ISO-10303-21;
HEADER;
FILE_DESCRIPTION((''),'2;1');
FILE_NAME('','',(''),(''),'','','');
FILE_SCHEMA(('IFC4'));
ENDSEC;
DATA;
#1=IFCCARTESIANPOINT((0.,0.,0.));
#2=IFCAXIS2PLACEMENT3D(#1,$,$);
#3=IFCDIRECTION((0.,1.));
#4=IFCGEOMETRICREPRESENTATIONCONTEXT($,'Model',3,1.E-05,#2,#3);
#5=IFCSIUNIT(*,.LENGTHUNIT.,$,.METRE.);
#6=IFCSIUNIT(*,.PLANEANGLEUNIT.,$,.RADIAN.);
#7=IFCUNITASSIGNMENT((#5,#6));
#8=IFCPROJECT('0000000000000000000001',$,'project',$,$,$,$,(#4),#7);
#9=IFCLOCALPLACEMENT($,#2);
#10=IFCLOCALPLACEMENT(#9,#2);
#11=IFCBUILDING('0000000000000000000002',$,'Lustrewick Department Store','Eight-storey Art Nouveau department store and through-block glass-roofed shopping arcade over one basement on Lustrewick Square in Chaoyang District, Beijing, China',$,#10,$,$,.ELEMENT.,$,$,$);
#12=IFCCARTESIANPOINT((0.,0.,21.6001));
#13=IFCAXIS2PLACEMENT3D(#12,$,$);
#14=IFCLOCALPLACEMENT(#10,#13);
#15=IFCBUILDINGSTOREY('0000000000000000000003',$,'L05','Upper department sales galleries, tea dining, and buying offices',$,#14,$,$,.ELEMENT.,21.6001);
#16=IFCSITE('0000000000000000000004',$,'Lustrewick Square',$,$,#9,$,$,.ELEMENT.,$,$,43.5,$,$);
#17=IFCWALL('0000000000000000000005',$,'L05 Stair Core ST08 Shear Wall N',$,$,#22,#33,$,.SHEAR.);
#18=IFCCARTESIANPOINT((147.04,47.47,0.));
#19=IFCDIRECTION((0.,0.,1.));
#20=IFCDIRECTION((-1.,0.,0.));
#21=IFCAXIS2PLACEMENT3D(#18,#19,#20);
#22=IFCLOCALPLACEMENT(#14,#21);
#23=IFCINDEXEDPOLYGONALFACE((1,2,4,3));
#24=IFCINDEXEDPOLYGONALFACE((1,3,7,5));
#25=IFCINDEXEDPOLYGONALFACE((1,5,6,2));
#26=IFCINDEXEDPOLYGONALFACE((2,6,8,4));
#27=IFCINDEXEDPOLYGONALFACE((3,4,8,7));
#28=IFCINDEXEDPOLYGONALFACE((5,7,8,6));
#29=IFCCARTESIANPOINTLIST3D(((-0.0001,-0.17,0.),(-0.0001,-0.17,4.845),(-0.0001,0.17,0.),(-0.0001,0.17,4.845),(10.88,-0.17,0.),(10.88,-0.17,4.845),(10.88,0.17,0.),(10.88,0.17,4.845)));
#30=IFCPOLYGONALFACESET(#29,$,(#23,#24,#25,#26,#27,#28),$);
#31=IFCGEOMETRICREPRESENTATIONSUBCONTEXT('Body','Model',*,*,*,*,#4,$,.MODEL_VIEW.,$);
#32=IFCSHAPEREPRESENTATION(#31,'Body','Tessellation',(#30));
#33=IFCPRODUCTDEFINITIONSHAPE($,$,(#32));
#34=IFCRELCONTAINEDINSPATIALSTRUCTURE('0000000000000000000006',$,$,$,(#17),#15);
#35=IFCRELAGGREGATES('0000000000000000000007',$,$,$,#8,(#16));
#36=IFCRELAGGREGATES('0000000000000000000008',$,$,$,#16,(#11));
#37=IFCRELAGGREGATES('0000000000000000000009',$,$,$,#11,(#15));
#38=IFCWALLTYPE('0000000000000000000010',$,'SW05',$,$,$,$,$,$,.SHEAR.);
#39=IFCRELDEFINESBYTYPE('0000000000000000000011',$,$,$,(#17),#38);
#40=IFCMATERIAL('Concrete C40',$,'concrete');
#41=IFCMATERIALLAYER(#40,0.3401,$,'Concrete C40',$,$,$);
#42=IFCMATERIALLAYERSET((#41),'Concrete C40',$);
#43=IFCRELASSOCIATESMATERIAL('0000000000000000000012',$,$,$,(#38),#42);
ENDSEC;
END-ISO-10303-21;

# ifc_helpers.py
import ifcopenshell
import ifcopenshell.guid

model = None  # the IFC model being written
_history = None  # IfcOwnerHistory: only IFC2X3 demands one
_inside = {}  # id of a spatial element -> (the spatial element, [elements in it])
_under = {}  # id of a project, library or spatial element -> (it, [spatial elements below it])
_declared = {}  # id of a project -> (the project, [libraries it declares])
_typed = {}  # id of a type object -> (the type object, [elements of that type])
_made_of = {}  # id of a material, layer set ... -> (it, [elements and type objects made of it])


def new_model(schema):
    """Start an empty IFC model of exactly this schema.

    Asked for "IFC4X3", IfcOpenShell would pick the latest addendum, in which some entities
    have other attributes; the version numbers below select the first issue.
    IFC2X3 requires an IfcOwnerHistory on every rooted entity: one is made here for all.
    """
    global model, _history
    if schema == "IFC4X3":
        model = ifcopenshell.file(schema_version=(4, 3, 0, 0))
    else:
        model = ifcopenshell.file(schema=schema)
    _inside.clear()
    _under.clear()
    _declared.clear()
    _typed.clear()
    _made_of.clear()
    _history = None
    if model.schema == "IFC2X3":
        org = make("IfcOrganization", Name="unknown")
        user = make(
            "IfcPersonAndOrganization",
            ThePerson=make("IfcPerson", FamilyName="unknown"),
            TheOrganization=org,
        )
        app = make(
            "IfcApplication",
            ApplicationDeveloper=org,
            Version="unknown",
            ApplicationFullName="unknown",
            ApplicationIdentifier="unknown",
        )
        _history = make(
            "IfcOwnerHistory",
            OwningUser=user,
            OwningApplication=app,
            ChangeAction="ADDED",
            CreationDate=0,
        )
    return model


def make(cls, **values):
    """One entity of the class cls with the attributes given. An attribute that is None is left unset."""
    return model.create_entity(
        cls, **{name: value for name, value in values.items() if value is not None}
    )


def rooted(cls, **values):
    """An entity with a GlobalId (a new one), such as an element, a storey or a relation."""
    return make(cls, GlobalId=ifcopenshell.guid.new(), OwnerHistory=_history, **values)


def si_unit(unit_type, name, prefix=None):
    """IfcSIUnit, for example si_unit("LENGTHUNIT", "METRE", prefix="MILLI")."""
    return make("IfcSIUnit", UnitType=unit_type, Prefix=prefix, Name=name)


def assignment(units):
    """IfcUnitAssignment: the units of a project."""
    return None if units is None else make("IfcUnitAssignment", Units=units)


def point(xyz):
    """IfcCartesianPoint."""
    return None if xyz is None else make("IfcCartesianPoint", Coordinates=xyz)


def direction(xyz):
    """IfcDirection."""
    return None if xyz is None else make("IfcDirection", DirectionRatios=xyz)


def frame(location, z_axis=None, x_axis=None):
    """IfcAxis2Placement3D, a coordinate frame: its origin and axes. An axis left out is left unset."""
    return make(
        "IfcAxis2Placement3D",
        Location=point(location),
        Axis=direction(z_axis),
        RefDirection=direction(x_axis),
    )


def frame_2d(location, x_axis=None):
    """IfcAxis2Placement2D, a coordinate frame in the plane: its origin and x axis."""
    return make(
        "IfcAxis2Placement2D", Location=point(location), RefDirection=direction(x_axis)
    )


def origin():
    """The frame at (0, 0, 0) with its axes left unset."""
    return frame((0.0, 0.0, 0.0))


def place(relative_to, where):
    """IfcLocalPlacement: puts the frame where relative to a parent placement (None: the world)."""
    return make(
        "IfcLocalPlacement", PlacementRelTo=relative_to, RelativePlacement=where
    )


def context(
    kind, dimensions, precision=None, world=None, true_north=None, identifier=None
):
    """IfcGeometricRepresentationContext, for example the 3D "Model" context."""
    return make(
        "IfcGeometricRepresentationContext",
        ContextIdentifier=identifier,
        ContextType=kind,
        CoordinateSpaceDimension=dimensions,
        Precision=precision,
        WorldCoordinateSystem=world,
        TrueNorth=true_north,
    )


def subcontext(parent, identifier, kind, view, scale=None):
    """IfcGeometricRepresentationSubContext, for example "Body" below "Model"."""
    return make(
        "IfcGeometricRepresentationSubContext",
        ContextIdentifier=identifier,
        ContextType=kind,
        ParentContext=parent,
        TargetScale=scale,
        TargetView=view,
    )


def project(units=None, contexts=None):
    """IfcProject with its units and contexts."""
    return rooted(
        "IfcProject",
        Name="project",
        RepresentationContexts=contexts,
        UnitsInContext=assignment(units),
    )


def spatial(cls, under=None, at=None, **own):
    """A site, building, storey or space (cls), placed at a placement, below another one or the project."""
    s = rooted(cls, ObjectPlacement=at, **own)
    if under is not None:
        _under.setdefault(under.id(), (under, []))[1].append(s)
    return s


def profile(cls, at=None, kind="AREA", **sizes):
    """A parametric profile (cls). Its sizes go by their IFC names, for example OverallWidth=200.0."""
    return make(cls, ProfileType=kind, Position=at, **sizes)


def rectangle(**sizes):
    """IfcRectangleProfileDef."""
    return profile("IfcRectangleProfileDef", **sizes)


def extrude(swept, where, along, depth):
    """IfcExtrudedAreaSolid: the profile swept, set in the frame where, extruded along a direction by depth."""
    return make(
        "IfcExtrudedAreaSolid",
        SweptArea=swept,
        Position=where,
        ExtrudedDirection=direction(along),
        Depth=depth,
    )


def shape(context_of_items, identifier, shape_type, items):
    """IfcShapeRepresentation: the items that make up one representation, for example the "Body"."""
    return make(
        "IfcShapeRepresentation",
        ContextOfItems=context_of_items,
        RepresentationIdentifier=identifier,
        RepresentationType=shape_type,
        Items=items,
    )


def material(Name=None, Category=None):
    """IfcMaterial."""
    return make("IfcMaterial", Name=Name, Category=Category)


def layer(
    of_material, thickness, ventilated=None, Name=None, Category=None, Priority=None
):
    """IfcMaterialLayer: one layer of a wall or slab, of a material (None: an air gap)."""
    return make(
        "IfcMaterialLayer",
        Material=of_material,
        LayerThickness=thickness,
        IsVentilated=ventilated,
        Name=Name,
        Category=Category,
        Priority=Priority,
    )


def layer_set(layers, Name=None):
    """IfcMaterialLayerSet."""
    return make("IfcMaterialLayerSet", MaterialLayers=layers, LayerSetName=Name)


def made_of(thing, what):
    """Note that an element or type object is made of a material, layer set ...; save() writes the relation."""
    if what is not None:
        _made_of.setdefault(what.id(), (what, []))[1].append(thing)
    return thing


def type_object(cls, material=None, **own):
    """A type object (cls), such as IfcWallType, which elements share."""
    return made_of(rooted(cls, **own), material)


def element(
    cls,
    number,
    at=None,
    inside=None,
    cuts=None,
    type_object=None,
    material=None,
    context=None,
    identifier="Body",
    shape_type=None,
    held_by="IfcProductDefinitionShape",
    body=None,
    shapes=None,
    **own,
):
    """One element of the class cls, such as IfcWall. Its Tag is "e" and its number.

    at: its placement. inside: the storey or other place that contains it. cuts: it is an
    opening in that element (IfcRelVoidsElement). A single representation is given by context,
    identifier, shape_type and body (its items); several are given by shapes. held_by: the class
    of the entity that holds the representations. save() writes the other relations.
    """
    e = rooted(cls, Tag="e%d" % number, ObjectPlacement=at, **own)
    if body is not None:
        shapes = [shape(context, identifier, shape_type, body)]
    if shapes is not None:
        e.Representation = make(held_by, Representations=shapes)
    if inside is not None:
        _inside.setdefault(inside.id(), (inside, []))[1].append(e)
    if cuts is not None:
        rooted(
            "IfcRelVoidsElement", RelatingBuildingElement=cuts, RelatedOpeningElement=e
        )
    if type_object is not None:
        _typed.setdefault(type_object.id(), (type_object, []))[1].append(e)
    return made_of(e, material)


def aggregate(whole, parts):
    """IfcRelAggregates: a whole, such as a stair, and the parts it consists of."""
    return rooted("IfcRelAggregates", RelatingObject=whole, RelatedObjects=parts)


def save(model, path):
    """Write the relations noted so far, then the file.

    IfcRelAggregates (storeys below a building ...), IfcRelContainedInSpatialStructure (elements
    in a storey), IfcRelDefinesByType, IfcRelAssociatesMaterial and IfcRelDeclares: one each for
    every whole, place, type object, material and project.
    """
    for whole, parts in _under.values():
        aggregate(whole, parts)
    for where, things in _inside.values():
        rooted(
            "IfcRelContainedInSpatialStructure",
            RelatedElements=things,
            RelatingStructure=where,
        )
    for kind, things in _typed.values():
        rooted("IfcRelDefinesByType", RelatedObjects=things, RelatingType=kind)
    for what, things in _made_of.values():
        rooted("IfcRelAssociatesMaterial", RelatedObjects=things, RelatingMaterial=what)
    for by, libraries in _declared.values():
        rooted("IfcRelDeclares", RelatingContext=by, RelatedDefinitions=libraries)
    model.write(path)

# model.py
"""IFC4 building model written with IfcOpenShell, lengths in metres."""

from ifc_helpers import new_model, si_unit, direction, frame, frame_2d, origin, place, context, subcontext, project, spatial, rectangle, extrude, material, layer, layer_set, type_object, element, save


model = new_model("IFC4")

# Units and contexts
model_context = context("Model", 3, precision=1e-05, world=origin(), true_north=direction((0.0, 1.0)))
body_context = subcontext(model_context, "Body", "Model", "MODEL_VIEW")
ifc_project = project(units=[si_unit("LENGTHUNIT", "METRE"), si_unit("PLANEANGLEUNIT", "RADIAN")], contexts=[model_context])

# Site, building, storey
site_placement = place(None, origin())
site = spatial("IfcSite", under=ifc_project, at=site_placement, Name="Lustrewick Square", CompositionType="ELEMENT", RefElevation=43.5)
building_placement = place(site_placement, origin())
building = spatial("IfcBuilding", under=site, at=building_placement, Name="Lustrewick Department Store", Description="Eight-storey Art Nouveau department store and through-block glass-roofed shopping arcade over one basement on Lustrewick Square in Chaoyang District, Beijing, China", CompositionType="ELEMENT")
storey_placement = place(building_placement, frame((0.0, 0.0, 21.6001)))
storey = spatial("IfcBuildingStorey", under=building, at=storey_placement, Name="L05", Description="Upper department sales galleries, tea dining, and buying offices", CompositionType="ELEMENT", Elevation=21.6001)

# Wall
ifc_material_1 = material(Name="Concrete C40", Category="concrete")
ifc_layer_1 = layer(ifc_material_1, 0.3401, Name="Concrete C40")
ifc_layer_set_1 = layer_set([ifc_layer_1], Name="Concrete C40")
wall_type_1 = type_object("IfcWallType", Name="SW05", PredefinedType="SHEAR", material=ifc_layer_set_1)
wall_1_placement = place(storey_placement, frame((147.04, 47.47, 0.0), z_axis=(0.0, 0.0, 1.0), x_axis=(-1.0, 0.0, 0.0)))
element("IfcWall", 1, at=wall_1_placement, inside=storey, type_object=wall_type_1, Name="L05 Stair Core ST08 Shear Wall N", PredefinedType="SHEAR", context=body_context, shape_type="SweptSolid", body=[
    extrude(rectangle(XDim=10.8801, YDim=0.3401, at=frame_2d((5.4399, 0.0))), origin(), (0.0, 0.0, 1.0), 4.845),
])

save(model, "model.ifc")
